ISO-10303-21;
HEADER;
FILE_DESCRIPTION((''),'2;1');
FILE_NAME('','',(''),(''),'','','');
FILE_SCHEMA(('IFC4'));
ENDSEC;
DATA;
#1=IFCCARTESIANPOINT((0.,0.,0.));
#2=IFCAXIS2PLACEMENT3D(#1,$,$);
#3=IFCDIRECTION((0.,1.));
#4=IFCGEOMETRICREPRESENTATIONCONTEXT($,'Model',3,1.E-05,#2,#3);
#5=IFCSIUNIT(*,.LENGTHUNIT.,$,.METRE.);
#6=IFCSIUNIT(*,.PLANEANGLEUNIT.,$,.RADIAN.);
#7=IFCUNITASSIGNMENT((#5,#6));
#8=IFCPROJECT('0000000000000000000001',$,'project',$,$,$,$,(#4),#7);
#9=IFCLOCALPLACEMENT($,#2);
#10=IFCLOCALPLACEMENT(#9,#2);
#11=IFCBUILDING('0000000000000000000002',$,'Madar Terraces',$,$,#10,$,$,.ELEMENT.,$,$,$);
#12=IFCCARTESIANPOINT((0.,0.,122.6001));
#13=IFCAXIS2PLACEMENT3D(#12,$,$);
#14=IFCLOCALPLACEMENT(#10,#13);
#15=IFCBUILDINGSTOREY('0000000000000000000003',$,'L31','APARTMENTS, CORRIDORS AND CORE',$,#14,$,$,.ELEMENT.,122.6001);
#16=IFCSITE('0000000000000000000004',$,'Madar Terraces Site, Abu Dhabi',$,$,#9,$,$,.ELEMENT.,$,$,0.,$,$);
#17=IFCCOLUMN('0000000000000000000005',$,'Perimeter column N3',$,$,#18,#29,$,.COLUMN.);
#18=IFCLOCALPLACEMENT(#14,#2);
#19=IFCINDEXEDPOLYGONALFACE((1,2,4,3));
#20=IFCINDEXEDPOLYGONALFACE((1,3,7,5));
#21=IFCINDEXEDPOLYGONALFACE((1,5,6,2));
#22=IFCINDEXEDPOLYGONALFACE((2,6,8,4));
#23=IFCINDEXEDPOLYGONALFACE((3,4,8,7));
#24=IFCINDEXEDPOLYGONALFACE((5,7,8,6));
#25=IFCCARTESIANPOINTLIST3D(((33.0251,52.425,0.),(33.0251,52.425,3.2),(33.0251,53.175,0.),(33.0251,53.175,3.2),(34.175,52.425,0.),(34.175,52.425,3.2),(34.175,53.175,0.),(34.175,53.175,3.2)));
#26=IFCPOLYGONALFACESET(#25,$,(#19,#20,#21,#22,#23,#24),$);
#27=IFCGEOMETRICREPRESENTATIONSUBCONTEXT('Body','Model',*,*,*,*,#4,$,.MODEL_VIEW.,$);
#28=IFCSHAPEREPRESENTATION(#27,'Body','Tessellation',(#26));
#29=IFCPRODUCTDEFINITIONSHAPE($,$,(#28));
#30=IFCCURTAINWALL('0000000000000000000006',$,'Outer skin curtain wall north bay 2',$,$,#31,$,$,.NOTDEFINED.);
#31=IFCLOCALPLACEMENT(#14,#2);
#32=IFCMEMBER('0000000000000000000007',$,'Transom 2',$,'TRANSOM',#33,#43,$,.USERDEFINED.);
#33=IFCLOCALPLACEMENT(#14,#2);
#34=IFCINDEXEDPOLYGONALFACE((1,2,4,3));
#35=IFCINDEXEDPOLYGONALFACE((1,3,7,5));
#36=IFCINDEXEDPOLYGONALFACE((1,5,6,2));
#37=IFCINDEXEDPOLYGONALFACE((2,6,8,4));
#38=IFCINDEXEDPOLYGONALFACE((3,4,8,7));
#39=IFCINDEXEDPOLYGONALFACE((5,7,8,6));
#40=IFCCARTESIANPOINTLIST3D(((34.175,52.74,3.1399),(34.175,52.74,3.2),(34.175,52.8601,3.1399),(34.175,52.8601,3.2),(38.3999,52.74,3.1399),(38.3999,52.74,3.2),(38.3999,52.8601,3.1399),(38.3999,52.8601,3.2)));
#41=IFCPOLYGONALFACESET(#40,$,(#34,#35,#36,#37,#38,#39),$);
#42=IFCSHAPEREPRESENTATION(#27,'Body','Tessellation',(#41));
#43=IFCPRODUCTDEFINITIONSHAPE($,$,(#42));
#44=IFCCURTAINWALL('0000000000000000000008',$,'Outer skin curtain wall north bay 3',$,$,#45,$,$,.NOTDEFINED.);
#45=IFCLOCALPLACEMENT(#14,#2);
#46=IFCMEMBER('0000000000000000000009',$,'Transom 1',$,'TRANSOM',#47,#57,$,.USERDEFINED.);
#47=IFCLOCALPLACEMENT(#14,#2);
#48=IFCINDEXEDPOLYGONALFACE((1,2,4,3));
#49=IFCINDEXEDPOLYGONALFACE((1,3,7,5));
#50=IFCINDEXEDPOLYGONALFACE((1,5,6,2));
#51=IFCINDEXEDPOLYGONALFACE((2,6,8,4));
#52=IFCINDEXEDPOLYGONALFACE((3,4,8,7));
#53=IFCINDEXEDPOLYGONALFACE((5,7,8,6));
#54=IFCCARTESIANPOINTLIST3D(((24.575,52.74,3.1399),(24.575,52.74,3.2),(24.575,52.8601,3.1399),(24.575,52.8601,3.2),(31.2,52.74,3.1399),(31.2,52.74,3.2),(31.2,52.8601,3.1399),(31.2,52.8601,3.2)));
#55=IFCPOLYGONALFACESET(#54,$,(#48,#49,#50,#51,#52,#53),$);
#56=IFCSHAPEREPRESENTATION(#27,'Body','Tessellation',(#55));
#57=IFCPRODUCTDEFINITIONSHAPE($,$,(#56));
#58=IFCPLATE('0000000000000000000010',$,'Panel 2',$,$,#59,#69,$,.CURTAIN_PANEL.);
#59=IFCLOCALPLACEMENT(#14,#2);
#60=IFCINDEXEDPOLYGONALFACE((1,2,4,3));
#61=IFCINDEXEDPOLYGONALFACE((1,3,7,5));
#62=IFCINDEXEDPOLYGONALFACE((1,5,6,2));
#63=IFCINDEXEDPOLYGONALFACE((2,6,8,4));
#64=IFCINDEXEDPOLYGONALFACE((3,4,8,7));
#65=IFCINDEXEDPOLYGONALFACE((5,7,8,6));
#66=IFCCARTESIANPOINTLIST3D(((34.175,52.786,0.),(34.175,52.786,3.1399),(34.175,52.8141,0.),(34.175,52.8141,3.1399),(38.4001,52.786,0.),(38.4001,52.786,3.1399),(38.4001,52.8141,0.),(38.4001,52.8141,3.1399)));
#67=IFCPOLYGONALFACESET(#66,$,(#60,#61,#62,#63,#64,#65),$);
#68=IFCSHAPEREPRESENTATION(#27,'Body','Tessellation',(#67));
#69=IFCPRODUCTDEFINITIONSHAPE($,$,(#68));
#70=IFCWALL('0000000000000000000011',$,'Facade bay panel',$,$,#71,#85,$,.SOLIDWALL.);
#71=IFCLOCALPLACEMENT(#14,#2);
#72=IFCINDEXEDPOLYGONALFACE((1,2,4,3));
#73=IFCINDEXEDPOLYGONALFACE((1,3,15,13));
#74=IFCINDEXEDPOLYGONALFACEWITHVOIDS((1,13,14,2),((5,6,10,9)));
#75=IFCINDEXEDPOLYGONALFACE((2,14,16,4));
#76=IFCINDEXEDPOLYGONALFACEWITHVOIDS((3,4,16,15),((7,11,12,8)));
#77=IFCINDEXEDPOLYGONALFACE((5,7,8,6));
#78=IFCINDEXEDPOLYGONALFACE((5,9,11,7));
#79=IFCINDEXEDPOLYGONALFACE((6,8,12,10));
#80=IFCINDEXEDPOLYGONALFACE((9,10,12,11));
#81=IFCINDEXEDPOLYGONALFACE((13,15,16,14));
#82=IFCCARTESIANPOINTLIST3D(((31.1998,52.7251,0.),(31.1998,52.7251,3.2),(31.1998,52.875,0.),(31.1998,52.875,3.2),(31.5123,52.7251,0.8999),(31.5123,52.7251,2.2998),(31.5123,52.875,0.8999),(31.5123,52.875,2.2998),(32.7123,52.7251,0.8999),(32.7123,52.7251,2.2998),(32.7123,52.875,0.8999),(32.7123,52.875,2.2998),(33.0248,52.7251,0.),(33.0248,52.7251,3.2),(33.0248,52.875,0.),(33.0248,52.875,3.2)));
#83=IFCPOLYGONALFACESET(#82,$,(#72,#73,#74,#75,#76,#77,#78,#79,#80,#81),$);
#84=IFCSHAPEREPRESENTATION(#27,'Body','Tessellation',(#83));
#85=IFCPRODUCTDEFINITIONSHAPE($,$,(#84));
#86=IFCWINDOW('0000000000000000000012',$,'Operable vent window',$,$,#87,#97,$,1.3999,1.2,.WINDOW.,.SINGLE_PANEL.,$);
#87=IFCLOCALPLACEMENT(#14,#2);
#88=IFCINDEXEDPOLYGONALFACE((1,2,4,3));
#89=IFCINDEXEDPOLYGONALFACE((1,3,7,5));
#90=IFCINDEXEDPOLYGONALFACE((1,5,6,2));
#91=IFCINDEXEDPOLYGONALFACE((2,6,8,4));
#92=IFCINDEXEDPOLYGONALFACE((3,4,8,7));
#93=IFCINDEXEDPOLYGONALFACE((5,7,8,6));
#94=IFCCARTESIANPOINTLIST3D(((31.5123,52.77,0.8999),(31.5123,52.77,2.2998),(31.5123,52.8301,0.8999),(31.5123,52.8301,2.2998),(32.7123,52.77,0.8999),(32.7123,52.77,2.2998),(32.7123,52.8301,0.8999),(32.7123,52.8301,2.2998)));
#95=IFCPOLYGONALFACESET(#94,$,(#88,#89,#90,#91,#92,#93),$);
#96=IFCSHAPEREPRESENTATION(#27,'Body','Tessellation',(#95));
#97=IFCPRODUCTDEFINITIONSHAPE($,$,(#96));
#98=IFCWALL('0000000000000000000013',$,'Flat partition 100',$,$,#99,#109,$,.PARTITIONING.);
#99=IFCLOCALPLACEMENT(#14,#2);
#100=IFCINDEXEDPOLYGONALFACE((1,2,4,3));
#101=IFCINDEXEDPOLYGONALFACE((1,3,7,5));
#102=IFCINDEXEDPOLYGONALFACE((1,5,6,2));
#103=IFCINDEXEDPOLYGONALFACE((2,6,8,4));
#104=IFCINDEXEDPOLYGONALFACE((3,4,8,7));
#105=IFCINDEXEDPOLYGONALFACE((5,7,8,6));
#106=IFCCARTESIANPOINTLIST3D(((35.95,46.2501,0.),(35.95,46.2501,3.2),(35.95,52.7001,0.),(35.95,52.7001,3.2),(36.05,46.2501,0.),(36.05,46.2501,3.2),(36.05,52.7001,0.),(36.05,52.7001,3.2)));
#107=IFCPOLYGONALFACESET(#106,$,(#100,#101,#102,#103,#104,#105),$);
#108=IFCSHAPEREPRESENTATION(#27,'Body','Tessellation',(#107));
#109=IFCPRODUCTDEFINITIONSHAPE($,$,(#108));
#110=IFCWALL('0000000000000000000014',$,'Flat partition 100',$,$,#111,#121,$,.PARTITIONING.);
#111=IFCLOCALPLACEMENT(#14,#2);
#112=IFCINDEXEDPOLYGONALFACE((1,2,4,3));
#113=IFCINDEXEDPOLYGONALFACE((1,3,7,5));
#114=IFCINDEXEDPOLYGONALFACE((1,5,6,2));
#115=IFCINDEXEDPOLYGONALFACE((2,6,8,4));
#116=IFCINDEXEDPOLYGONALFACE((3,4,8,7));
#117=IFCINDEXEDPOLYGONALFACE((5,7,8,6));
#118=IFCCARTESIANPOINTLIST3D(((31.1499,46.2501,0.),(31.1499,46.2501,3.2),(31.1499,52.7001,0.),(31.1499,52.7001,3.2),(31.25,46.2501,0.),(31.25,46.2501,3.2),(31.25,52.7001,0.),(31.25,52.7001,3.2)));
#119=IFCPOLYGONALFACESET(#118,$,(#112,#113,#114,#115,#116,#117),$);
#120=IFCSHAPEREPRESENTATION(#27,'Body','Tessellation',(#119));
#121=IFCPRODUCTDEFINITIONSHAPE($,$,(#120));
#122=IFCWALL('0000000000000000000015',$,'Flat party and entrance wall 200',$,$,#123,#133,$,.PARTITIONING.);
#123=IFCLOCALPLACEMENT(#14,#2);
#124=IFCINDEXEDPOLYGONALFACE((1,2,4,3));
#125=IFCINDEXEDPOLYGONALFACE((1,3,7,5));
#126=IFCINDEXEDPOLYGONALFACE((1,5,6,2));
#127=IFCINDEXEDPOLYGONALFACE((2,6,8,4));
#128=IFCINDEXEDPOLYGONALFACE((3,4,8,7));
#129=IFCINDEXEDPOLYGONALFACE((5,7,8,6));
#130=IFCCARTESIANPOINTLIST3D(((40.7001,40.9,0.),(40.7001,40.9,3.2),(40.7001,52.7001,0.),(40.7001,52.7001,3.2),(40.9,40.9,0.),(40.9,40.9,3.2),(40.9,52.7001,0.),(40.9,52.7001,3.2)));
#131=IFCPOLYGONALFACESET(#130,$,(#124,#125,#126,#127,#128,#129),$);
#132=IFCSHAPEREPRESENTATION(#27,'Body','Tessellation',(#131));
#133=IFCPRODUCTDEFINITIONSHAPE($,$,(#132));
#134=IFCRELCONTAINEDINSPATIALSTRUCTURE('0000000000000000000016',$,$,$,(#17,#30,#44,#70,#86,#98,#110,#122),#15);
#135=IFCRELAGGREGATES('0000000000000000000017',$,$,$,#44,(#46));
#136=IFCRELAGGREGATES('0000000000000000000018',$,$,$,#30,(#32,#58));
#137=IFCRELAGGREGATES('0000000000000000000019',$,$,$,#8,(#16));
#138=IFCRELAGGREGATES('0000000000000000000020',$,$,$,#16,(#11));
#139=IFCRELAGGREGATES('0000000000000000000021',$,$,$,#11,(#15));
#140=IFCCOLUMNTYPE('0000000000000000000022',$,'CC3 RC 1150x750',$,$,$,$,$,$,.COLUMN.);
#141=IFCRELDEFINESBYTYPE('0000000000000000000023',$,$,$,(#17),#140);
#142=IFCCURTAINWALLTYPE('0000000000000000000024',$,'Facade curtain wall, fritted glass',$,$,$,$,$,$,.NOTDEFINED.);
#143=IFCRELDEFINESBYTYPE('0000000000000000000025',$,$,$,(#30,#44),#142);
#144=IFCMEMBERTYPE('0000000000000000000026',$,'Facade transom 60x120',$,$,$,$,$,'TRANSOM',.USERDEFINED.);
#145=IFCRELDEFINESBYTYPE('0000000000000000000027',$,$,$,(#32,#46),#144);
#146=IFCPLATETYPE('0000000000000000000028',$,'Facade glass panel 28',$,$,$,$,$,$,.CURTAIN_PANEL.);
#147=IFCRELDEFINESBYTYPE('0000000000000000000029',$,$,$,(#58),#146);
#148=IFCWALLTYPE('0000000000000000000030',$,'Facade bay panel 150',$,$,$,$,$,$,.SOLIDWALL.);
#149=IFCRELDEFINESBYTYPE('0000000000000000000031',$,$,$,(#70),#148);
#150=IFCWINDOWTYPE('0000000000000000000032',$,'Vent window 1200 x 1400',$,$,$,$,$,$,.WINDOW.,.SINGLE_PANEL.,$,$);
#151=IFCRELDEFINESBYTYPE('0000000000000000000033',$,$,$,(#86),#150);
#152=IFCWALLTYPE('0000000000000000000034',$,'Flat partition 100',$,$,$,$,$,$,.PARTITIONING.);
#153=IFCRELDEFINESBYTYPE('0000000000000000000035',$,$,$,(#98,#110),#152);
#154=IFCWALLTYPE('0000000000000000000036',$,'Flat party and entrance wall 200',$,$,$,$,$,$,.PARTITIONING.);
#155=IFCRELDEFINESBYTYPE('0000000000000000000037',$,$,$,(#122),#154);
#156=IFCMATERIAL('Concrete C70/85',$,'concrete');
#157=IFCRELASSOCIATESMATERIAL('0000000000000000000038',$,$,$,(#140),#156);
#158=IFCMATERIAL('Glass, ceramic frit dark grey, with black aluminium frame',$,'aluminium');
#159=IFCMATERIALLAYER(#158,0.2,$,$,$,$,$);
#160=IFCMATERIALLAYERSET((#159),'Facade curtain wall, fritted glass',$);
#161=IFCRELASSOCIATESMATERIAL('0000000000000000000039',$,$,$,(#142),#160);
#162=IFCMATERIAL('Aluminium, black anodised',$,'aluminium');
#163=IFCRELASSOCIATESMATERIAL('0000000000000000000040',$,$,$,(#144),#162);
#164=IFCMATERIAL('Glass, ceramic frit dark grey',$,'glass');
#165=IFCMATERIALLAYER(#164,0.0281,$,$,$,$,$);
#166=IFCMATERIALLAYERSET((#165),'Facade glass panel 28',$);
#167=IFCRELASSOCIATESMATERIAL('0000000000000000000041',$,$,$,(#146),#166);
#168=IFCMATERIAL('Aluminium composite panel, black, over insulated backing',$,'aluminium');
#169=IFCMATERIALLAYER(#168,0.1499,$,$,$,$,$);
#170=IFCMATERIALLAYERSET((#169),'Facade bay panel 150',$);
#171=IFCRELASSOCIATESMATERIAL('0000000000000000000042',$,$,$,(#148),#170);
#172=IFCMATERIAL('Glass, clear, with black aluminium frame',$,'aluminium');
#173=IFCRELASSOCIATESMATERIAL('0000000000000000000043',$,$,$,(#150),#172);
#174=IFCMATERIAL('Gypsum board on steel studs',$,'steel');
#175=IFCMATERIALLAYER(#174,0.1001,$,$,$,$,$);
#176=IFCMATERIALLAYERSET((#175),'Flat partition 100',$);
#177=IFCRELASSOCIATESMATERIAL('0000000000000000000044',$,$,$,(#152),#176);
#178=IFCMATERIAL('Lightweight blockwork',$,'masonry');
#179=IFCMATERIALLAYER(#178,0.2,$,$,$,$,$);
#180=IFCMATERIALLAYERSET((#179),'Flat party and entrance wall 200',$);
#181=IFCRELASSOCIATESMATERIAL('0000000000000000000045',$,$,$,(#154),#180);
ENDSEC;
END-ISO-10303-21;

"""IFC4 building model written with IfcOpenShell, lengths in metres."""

from ifc_helpers import new_model, si_unit, direction, frame, frame_2d, origin, origin_2d, place, context, subcontext, project, spatial, rectangle, extrude, material, layer, layer_set, material_profile, profile_set, type_object, element, fill, aggregate, save


model = new_model("IFC4")

# Units and contexts
model_context = context("Model", 3, precision=1e-05, world=origin(), true_north=direction((0.0, 1.0)))
body_context = subcontext(model_context, "Body", "Model", "MODEL_VIEW")
ifc_project = project(units=[si_unit("LENGTHUNIT", "METRE"), si_unit("PLANEANGLEUNIT", "RADIAN")], contexts=[model_context])

# Site, building, storey
site_placement = place(None, origin())
site = spatial("IfcSite", under=ifc_project, at=site_placement, Name="Madar Terraces Site, Abu Dhabi", CompositionType="ELEMENT", RefElevation=0.0)
building_placement = place(site_placement, origin())
building = spatial("IfcBuilding", under=site, at=building_placement, Name="Madar Terraces", CompositionType="ELEMENT")
storey_placement = place(building_placement, frame((0.0, 0.0, 122.6001)))
storey = spatial("IfcBuildingStorey", under=building, at=storey_placement, Name="L31", Description="APARTMENTS, CORRIDORS AND CORE", CompositionType="ELEMENT", Elevation=122.6001)

# Column
ifc_material_1 = material(Name="Concrete C70/85", Category="concrete")
ifc_material_profile_1 = material_profile(ifc_material_1, rectangle(XDim=1.1499, YDim=0.75, at=origin_2d()), Name="CC3 RC 1150x750")
ifc_profile_set_1 = profile_set([ifc_material_profile_1], Name="Concrete C70/85")
column_type = type_object("IfcColumnType", Name="CC3 RC 1150x750", PredefinedType="COLUMN", material=ifc_profile_set_1)
column_placement = place(storey_placement, frame((33.6001, 52.8, 0.0), z_axis=(0.0, 0.0, 1.0), x_axis=(1.0, 0.0, 0.0)))
element("IfcColumn", 1, at=column_placement, inside=storey, type_object=column_type, Name="Perimeter column N3", PredefinedType="COLUMN", context=body_context, shape_type="SweptSolid", body=[
    extrude(rectangle(XDim=1.1499, YDim=0.75, at=origin_2d()), origin(), (0.0, 0.0, 1.0), 3.2),
])

# Curtain walls, members
ifc_material_2 = material(Name="Glass, ceramic frit dark grey, with black aluminium frame", Category="aluminium")
ifc_layer_1 = layer(ifc_material_2, 0.2)
ifc_layer_set_1 = layer_set([ifc_layer_1], Name="Facade curtain wall, fritted glass")
curtain_wall_type = type_object("IfcCurtainWallType", Name="Facade curtain wall, fritted glass", PredefinedType="NOTDEFINED", material=ifc_layer_set_1)
curtain_wall_1_placement = place(storey_placement, origin())
curtain_wall_1 = element("IfcCurtainWall", 2, at=curtain_wall_1_placement, inside=storey, type_object=curtain_wall_type, Name="Outer skin curtain wall north bay 2", PredefinedType="NOTDEFINED")
ifc_material_3 = material(Name="Aluminium, black anodised", Category="aluminium")
ifc_material_profile_2 = material_profile(ifc_material_3, rectangle(XDim=0.1201, YDim=0.0601, at=origin_2d()), Name="Facade transom 60x120")
ifc_profile_set_2 = profile_set([ifc_material_profile_2], Name="Aluminium, black anodised")
member_type = type_object("IfcMemberType", Name="Facade transom 60x120", ElementType="TRANSOM", PredefinedType="USERDEFINED", material=ifc_profile_set_2)
member_1_placement = place(storey_placement, frame((38.3999, 52.8, 3.1699), z_axis=(-1.0, 0.0, 0.0), x_axis=(0.0, -1.0, 0.0)))
member_1 = element("IfcMember", 3, at=member_1_placement, type_object=member_type, Name="Transom 2", ObjectType="TRANSOM", PredefinedType="USERDEFINED", context=body_context, shape_type="SweptSolid", body=[
    extrude(rectangle(XDim=0.1201, YDim=0.0601, at=origin_2d()), origin(), (0.0, 0.0, 1.0), 4.2249),
])
curtain_wall_2_placement = place(storey_placement, origin())
curtain_wall_2 = element("IfcCurtainWall", 4, at=curtain_wall_2_placement, inside=storey, type_object=curtain_wall_type, Name="Outer skin curtain wall north bay 3", PredefinedType="NOTDEFINED")
member_2_placement = place(storey_placement, frame((31.2, 52.8, 3.1699), z_axis=(-1.0, 0.0, 0.0), x_axis=(0.0, -1.0, 0.0)))
member_2 = element("IfcMember", 5, at=member_2_placement, type_object=member_type, Name="Transom 1", ObjectType="TRANSOM", PredefinedType="USERDEFINED", context=body_context, shape_type="SweptSolid", body=[
    extrude(rectangle(XDim=0.1201, YDim=0.0601, at=origin_2d()), origin(), (0.0, 0.0, 1.0), 6.625),
])
aggregate(curtain_wall_2, [member_2])

# Plate
ifc_material_4 = material(Name="Glass, ceramic frit dark grey", Category="glass")
ifc_layer_2 = layer(ifc_material_4, 0.0281)
ifc_layer_set_2 = layer_set([ifc_layer_2], Name="Facade glass panel 28")
plate_type = type_object("IfcPlateType", Name="Facade glass panel 28", PredefinedType="CURTAIN_PANEL", material=ifc_layer_set_2)
plate_placement = place(storey_placement, frame((36.2876, 52.8, 0.0), z_axis=(0.0, 0.0, 1.0), x_axis=(-1.0, 0.0, 0.0)))
plate = element("IfcPlate", 6, at=plate_placement, type_object=plate_type, Name="Panel 2", PredefinedType="CURTAIN_PANEL", context=body_context, shape_type="SweptSolid", body=[
    extrude(rectangle(XDim=4.2251, YDim=0.0281, at=origin_2d()), origin(), (0.0, 0.0, 1.0), 3.1399),
])
aggregate(curtain_wall_1, [member_1, plate])

# Shared definitions
ifc_material_5 = material(Name="Aluminium composite panel, black, over insulated backing", Category="aluminium")
ifc_layer_3 = layer(ifc_material_5, 0.1499)
ifc_layer_set_3 = layer_set([ifc_layer_3], Name="Facade bay panel 150")
wall_type_1 = type_object("IfcWallType", Name="Facade bay panel 150", PredefinedType="SOLIDWALL", material=ifc_layer_set_3)

# Wall, opening, window
wall_1_placement = place(storey_placement, frame((33.0249, 52.8, 0.0), z_axis=(0.0, 0.0, 1.0), x_axis=(-1.0, 0.0, 0.0)))
wall_1 = element("IfcWall", 7, at=wall_1_placement, inside=storey, type_object=wall_type_1, Name="Facade bay panel", PredefinedType="SOLIDWALL", context=body_context, shape_type="SweptSolid", body=[
    extrude(rectangle(XDim=1.825, YDim=0.1499, at=frame_2d((0.9126, 0.0))), origin(), (0.0, 0.0, 1.0), 3.2),
])
opening_1_placement = place(wall_1_placement, frame((0.3125, 0.0, 0.8999)))
opening_1 = element("IfcOpeningElement", 8, at=opening_1_placement, cuts=wall_1, PredefinedType="OPENING", context=body_context, shape_type="SweptSolid", body=[
    extrude(rectangle(XDim=1.2, YDim=1.3999, at=frame_2d((0.6001, 0.7))), frame((0.0, 0.085, 0.0), z_axis=(0.0, -1.0, 0.0), x_axis=(1.0, 0.0, 0.0)), (0.0, 0.0, 1.0), 0.1699),
])
ifc_material_6 = material(Name="Glass, clear, with black aluminium frame", Category="aluminium")
window_type = type_object("IfcWindowType", Name="Vent window 1200 x 1400", PartitioningType="SINGLE_PANEL", PredefinedType="WINDOW", material=ifc_material_6)
window_placement = place(opening_1_placement, origin())
window = element("IfcWindow", 9, at=window_placement, inside=storey, type_object=window_type, Name="Operable vent window", OverallHeight=1.3999, OverallWidth=1.2, PartitioningType="SINGLE_PANEL", PredefinedType="WINDOW", context=body_context, shape_type="SweptSolid", body=[
    extrude(rectangle(XDim=1.2, YDim=1.3999, at=frame_2d((0.6001, 0.7))), frame((0.0, 0.03, 0.0), z_axis=(0.0, -1.0, 0.0), x_axis=(1.0, 0.0, 0.0)), (0.0, 0.0, 1.0), 0.0601),
])
fill(opening_1, window)

# Walls
ifc_material_7 = material(Name="Gypsum board on steel studs", Category="steel")
ifc_layer_4 = layer(ifc_material_7, 0.1001)
ifc_layer_set_4 = layer_set([ifc_layer_4], Name="Flat partition 100")
wall_type_2 = type_object("IfcWallType", Name="Flat partition 100", PredefinedType="PARTITIONING", material=ifc_layer_set_4)
for number, where, z_axis, x_axis, name in (
    (10, (36.0, 46.25, 0.0), (0.0, 0.0, 1.0), (0.0, 1.0, 0.0), "Flat partition 100"),
    (11, (31.2, 46.25, 0.0), (0.0, 0.0, 1.0), (0.0, 1.0, 0.0), "Flat partition 100"),
):
    element("IfcWall", number, at=place(storey_placement, frame(where, z_axis=z_axis, x_axis=x_axis)), inside=storey, type_object=wall_type_2, Name=name, PredefinedType="PARTITIONING", context=body_context, shape_type="SweptSolid", body=[
        extrude(rectangle(XDim=6.45, YDim=0.1001, at=frame_2d((3.2251, 0.0))), origin(), (0.0, 0.0, 1.0), 3.2),
    ])
ifc_material_8 = material(Name="Lightweight blockwork", Category="masonry")
ifc_layer_5 = layer(ifc_material_8, 0.2)
ifc_layer_set_5 = layer_set([ifc_layer_5], Name="Flat party and entrance wall 200")
wall_type_3 = type_object("IfcWallType", Name="Flat party and entrance wall 200", PredefinedType="PARTITIONING", material=ifc_layer_set_5)
wall_2_placement = place(storey_placement, frame((40.8, 52.7, 0.0), z_axis=(0.0, 0.0, 1.0), x_axis=(0.0, -1.0, 0.0)))
element("IfcWall", 12, at=wall_2_placement, inside=storey, type_object=wall_type_3, Name="Flat party and entrance wall 200", PredefinedType="PARTITIONING", context=body_context, shape_type="SweptSolid", body=[
    extrude(rectangle(XDim=11.8, YDim=0.2, at=frame_2d((5.8999, 0.0))), origin(), (0.0, 0.0, 1.0), 3.2),
])

save(model, "model.ifc")
